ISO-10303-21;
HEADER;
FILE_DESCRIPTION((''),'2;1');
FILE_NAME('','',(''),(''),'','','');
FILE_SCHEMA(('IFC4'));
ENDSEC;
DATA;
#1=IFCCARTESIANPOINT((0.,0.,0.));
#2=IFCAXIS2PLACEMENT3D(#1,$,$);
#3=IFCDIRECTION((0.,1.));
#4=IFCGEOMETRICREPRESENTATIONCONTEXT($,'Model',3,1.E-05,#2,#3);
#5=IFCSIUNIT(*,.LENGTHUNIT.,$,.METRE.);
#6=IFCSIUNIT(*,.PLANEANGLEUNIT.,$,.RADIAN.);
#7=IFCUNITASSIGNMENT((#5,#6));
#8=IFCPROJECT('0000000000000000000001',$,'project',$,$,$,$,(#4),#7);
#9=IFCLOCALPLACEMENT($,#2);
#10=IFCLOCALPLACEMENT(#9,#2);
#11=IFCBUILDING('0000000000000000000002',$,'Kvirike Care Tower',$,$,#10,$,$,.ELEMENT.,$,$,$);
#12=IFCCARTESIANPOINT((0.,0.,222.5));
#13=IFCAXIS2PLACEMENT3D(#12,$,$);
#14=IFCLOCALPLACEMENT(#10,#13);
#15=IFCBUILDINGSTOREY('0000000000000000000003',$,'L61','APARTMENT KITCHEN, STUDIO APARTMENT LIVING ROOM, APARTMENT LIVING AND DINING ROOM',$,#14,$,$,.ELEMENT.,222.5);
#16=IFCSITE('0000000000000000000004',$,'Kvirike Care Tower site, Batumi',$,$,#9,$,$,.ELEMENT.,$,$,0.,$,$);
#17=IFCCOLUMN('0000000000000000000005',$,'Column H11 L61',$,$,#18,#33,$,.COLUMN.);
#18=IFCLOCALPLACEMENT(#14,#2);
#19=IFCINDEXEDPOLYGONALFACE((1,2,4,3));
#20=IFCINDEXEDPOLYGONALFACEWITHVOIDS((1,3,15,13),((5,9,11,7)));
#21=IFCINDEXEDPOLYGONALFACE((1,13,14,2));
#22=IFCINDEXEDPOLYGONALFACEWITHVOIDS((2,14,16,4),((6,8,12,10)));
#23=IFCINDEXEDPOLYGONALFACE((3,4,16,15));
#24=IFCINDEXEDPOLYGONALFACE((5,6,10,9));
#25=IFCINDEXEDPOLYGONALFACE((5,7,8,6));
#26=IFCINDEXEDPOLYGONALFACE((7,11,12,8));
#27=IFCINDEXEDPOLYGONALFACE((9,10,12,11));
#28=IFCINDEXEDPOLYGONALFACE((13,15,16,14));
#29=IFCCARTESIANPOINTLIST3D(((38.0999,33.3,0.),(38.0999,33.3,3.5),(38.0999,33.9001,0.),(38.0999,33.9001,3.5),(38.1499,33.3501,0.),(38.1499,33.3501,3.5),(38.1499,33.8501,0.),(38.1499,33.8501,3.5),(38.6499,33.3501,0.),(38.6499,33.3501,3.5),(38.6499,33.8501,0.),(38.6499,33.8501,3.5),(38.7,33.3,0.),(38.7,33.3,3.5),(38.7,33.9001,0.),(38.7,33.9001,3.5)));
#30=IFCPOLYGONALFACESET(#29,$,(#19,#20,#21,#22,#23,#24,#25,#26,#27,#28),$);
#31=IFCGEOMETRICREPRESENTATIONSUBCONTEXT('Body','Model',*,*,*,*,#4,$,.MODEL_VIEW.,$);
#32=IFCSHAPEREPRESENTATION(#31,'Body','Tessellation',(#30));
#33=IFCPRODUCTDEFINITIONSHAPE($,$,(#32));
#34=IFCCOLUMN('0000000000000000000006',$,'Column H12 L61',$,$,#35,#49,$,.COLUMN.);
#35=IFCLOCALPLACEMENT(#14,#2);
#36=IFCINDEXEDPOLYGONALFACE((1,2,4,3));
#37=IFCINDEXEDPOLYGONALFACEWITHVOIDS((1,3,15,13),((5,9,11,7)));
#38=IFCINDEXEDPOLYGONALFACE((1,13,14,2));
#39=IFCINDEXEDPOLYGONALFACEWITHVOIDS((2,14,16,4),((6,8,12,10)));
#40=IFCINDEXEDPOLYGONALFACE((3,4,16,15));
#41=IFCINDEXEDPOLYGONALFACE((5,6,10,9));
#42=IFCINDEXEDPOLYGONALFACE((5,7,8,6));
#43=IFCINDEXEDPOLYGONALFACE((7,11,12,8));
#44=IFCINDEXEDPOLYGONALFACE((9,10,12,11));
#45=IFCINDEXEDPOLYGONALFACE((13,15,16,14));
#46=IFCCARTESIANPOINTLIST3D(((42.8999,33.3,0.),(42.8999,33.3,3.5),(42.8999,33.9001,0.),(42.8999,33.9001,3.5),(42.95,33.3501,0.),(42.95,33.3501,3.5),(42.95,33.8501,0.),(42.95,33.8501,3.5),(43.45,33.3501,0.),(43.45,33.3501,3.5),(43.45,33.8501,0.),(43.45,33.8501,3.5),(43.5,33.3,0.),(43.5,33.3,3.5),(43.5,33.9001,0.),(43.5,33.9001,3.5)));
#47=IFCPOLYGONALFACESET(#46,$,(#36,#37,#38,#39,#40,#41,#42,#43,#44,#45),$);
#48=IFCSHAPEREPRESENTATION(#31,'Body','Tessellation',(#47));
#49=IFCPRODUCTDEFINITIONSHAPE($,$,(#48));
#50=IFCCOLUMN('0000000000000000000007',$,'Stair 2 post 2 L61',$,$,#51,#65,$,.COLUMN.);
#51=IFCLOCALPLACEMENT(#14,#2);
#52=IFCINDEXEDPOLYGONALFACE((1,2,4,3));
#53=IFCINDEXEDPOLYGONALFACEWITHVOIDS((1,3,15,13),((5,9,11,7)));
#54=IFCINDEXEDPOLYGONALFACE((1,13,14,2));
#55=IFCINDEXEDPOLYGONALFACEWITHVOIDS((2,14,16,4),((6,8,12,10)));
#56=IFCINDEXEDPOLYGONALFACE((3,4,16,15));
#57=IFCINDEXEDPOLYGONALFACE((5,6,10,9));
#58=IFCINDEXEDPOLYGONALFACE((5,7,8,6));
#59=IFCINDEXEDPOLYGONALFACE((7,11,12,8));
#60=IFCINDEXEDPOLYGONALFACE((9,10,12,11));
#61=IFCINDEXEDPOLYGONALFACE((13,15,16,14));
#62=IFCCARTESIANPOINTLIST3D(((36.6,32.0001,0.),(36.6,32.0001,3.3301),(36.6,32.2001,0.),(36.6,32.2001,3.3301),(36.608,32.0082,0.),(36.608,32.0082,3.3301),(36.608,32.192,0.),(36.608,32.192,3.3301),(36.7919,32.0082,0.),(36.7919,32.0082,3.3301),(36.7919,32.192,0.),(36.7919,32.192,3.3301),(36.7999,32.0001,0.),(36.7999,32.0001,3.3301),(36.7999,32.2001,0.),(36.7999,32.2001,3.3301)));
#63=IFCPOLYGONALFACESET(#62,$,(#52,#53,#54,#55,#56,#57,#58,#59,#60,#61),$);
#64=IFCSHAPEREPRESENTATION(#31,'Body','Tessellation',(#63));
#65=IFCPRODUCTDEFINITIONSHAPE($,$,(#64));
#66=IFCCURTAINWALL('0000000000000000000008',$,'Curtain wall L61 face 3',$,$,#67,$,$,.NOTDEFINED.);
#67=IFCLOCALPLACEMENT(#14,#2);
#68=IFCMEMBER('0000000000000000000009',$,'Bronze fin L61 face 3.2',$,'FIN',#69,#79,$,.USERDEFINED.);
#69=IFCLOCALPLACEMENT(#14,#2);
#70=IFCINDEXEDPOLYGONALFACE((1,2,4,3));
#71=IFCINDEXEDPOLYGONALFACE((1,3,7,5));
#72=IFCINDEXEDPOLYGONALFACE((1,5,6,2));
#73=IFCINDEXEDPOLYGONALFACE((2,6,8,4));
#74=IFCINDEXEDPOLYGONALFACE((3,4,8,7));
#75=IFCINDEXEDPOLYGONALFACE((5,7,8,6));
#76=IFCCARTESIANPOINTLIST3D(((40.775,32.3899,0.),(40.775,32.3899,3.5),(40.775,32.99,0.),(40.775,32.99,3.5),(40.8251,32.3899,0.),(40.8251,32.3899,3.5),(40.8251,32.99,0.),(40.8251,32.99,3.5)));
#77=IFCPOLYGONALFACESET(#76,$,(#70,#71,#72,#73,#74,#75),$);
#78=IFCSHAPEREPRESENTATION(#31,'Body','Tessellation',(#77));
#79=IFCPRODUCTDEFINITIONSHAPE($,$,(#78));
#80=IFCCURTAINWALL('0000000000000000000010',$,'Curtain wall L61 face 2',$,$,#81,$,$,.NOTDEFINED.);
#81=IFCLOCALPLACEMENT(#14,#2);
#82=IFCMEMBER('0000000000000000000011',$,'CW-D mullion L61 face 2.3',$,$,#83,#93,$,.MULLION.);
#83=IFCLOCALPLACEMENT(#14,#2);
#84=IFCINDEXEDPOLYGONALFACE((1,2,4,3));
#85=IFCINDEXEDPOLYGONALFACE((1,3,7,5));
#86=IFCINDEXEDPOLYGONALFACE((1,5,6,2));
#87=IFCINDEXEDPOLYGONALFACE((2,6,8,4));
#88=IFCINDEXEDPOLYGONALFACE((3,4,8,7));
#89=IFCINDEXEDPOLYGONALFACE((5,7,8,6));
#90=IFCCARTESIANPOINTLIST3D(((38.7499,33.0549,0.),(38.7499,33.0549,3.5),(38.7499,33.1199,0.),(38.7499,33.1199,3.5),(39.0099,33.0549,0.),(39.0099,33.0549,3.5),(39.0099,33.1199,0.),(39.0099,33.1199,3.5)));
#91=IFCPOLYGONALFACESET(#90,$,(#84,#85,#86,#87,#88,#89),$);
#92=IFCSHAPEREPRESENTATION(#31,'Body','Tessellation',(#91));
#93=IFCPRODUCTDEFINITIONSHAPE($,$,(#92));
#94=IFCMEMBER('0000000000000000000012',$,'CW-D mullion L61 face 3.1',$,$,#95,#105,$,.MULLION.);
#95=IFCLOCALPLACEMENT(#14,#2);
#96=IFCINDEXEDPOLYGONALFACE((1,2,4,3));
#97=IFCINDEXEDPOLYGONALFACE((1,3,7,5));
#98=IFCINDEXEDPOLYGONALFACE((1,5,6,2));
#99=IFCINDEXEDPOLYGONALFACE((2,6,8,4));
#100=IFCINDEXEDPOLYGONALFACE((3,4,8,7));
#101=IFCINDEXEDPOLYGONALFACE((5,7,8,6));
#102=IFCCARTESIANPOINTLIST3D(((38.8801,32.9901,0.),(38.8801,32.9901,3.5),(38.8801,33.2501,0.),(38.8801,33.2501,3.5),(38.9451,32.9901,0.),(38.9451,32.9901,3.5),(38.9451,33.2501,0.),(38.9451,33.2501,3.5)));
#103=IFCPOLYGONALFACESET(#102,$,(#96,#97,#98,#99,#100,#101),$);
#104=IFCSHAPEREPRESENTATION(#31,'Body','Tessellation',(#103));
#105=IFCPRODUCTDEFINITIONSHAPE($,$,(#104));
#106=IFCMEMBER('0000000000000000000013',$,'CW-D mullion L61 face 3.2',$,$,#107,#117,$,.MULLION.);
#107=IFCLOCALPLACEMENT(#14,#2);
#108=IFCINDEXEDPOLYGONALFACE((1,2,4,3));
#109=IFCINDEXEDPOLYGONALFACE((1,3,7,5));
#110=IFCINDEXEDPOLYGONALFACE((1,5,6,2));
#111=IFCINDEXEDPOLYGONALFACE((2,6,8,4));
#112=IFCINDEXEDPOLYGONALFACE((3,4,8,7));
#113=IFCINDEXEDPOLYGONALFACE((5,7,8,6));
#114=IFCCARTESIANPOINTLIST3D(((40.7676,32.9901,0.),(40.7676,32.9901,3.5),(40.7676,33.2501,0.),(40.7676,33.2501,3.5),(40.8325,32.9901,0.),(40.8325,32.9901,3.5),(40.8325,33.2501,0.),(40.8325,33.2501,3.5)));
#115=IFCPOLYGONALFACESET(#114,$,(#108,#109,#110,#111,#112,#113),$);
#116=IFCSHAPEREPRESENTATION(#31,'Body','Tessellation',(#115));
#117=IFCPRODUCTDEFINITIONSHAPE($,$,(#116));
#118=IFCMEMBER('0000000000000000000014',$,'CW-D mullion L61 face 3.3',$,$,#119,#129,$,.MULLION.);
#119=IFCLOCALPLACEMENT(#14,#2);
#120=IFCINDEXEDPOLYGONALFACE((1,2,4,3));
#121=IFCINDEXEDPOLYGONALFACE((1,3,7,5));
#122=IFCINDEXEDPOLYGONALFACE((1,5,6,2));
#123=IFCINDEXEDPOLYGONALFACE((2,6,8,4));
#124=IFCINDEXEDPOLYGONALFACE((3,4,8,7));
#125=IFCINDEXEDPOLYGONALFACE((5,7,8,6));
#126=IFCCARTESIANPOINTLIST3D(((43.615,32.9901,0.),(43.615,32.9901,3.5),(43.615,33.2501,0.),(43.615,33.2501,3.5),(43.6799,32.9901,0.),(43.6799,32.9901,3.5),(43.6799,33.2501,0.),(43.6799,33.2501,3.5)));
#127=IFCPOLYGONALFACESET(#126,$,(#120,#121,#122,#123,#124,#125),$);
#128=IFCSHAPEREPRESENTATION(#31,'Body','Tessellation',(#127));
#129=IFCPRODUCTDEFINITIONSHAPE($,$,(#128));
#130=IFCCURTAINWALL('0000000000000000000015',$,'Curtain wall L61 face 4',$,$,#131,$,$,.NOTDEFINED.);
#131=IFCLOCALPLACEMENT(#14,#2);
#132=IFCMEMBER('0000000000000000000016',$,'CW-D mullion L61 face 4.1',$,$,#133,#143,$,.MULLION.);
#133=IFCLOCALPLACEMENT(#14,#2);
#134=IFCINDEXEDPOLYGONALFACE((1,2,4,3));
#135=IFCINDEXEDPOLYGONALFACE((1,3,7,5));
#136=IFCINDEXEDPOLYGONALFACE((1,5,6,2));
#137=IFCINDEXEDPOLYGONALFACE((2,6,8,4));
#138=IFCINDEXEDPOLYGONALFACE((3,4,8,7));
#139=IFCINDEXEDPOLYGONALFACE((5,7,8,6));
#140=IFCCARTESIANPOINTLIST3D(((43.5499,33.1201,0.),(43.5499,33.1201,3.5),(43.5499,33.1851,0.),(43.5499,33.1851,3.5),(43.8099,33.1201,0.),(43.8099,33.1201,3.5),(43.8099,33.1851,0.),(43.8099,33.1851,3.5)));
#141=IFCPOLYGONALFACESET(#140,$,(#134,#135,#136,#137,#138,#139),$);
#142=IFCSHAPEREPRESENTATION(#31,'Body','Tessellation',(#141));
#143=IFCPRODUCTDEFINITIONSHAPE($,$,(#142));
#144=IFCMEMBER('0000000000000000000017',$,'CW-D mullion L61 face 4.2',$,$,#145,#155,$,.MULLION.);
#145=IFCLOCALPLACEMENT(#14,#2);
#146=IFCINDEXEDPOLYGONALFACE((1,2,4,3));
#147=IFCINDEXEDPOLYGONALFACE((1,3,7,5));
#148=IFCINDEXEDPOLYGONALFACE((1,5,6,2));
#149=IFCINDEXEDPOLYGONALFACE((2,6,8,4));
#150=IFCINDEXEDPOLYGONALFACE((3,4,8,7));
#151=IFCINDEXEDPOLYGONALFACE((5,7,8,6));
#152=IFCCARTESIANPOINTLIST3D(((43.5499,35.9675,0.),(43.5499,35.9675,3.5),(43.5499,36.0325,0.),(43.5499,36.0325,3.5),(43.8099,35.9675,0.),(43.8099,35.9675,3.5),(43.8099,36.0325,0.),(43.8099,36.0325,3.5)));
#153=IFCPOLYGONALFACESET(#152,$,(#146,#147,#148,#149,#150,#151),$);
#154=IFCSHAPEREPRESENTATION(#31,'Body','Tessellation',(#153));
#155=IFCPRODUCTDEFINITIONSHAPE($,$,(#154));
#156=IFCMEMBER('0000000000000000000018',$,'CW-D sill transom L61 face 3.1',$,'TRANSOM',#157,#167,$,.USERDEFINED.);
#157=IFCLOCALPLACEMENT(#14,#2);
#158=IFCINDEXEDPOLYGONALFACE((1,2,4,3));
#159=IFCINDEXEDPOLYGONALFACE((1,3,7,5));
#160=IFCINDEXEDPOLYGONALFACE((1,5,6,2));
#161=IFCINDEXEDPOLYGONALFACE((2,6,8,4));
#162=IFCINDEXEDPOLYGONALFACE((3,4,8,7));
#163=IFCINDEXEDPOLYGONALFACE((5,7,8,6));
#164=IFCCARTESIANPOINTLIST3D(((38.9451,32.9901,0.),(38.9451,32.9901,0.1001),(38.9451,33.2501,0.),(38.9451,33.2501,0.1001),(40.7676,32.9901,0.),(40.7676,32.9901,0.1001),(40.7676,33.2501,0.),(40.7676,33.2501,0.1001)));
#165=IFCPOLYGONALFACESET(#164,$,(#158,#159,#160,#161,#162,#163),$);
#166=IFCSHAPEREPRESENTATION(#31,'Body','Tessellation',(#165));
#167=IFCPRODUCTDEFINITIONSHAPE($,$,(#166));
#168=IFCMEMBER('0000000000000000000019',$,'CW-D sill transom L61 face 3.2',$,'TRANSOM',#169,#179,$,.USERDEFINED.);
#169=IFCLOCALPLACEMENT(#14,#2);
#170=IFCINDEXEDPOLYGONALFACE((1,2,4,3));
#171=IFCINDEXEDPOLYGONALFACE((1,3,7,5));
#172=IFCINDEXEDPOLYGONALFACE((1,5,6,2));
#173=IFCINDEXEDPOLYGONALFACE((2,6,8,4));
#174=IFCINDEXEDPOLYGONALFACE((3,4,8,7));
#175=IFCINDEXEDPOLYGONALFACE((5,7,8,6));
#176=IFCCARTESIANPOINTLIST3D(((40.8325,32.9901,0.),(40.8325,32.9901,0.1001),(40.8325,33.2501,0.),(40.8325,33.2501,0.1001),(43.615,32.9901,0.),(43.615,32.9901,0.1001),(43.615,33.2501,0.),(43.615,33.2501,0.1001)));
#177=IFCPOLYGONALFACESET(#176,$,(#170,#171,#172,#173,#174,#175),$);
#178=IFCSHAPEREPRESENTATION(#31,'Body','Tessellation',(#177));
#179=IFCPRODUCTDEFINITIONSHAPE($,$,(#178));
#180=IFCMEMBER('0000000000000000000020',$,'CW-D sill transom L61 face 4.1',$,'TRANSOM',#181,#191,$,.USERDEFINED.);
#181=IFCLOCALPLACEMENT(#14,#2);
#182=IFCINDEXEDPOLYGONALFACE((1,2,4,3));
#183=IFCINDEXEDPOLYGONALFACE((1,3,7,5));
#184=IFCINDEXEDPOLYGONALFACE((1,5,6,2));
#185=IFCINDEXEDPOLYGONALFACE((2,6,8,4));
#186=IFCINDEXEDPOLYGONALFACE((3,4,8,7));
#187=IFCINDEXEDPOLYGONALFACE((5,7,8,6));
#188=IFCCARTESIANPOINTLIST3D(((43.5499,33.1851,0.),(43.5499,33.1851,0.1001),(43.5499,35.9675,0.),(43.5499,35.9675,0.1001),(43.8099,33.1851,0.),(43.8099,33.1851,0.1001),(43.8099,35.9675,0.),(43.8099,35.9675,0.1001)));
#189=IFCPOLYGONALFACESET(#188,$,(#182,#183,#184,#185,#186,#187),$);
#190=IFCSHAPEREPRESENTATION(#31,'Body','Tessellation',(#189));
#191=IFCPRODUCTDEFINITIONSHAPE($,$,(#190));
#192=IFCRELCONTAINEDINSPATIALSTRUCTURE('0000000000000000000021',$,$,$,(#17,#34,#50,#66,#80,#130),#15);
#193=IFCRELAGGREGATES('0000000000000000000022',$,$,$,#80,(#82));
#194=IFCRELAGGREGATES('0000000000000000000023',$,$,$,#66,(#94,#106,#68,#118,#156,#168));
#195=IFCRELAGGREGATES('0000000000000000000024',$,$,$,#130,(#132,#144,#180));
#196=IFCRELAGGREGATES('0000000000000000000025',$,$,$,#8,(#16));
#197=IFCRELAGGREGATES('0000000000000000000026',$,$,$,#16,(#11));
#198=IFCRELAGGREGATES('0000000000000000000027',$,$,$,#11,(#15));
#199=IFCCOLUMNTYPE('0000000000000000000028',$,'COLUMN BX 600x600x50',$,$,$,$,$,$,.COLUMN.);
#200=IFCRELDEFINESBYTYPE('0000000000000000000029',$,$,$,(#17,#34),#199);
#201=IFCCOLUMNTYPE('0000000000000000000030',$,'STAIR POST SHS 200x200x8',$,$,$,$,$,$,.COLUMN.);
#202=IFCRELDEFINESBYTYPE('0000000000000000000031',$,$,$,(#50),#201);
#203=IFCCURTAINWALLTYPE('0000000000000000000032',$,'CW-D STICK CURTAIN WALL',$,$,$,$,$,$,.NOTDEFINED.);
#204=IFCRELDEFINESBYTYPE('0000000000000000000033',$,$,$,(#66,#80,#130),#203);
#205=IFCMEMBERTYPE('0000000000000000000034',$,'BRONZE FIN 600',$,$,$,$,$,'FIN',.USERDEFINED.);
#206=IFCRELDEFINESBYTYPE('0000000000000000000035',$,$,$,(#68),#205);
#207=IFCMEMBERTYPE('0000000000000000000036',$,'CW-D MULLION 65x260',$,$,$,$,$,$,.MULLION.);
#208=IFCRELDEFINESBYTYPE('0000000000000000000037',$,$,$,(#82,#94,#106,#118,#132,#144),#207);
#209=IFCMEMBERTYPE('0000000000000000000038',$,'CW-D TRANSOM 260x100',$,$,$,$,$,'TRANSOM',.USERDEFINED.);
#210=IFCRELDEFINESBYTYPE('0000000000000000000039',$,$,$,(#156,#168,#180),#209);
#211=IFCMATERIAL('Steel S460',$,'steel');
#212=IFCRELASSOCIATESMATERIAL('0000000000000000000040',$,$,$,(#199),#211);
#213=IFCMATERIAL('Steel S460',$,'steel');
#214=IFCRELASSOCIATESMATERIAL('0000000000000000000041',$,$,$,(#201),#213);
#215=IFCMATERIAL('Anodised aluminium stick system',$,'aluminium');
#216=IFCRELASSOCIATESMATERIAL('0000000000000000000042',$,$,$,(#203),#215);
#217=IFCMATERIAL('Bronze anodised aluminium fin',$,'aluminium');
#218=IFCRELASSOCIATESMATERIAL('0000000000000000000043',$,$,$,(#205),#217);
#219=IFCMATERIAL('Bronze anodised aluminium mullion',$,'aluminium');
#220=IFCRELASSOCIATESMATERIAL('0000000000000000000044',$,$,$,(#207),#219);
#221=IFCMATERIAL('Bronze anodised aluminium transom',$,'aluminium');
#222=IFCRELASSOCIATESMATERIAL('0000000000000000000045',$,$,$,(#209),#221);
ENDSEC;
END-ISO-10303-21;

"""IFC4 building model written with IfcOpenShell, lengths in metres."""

from ifc_helpers import new_model, si_unit, direction, frame, origin, origin_2d, place, context, subcontext, project, spatial, rectangle, hollow_rectangle, extrude, material, material_profile, profile_set, type_object, element, aggregate, save


model = new_model("IFC4")

# Units and contexts
model_context = context("Model", 3, precision=1e-05, world=origin(), true_north=direction((0.0, 1.0)))
body_context = subcontext(model_context, "Body", "Model", "MODEL_VIEW")
ifc_project = project(units=[si_unit("LENGTHUNIT", "METRE"), si_unit("PLANEANGLEUNIT", "RADIAN")], contexts=[model_context])

# Site, building, storey
site_placement = place(None, origin())
site = spatial("IfcSite", under=ifc_project, at=site_placement, Name="Kvirike Care Tower site, Batumi", CompositionType="ELEMENT", RefElevation=0.0)
building_placement = place(site_placement, origin())
building = spatial("IfcBuilding", under=site, at=building_placement, Name="Kvirike Care Tower", CompositionType="ELEMENT")
storey_placement = place(building_placement, frame((0.0, 0.0, 222.5)))
storey = spatial("IfcBuildingStorey", under=building, at=storey_placement, Name="L61", Description="APARTMENT KITCHEN, STUDIO APARTMENT LIVING ROOM, APARTMENT LIVING AND DINING ROOM", CompositionType="ELEMENT", Elevation=222.5)

# Columns
ifc_material_1 = material(Name="Steel S460", Category="steel")
ifc_material_profile_1 = material_profile(ifc_material_1, hollow_rectangle(XDim=0.6001, YDim=0.6001, WallThickness=0.05, at=origin_2d()), Name="BX 600x600x50")
ifc_profile_set_1 = profile_set([ifc_material_profile_1], Name="Steel S460")
column_type_1 = type_object("IfcColumnType", Name="COLUMN BX 600x600x50", PredefinedType="COLUMN", material=ifc_profile_set_1)
for number, where, z_axis, x_axis, name in (
    (1, (38.3999, 33.6001, 0.0), (0.0, 0.0, 1.0), (0.0, 1.0, 0.0), "Column H11 L61"),
    (2, (43.2, 33.6001, 0.0), (0.0, 0.0, 1.0), (0.0, 1.0, 0.0), "Column H12 L61"),
):
    element("IfcColumn", number, at=place(storey_placement, frame(where, z_axis=z_axis, x_axis=x_axis)), inside=storey, type_object=column_type_1, Name=name, PredefinedType="COLUMN", context=body_context, shape_type="SweptSolid", body=[
        extrude(hollow_rectangle(XDim=0.6001, YDim=0.6001, WallThickness=0.05, at=origin_2d()), origin(), (0.0, 0.0, 1.0), 3.5),
    ])
ifc_material_2 = material(Name="Steel S460", Category="steel")
ifc_material_profile_2 = material_profile(ifc_material_2, hollow_rectangle(XDim=0.2, YDim=0.2, WallThickness=0.0081, at=origin_2d()), Name="SHS 200x200x8")
ifc_profile_set_2 = profile_set([ifc_material_profile_2], Name="Steel S460")
column_type_2 = type_object("IfcColumnType", Name="STAIR POST SHS 200x200x8", PredefinedType="COLUMN", material=ifc_profile_set_2)
column_placement = place(storey_placement, frame((36.7, 32.1001, 0.0), z_axis=(0.0, 0.0, 1.0), x_axis=(1.0, 0.0, 0.0)))
element("IfcColumn", 3, at=column_placement, inside=storey, type_object=column_type_2, Name="Stair 2 post 2 L61", PredefinedType="COLUMN", context=body_context, shape_type="SweptSolid", body=[
    extrude(hollow_rectangle(XDim=0.2, YDim=0.2, WallThickness=0.0081, at=origin_2d()), origin(), (0.0, 0.0, 1.0), 3.3301),
])

# Curtain walls, members
ifc_material_3 = material(Name="Anodised aluminium stick system", Category="aluminium")
curtain_wall_type = type_object("IfcCurtainWallType", Name="CW-D STICK CURTAIN WALL", PredefinedType="NOTDEFINED", material=ifc_material_3)
curtain_wall_1_placement = place(storey_placement, origin())
curtain_wall_1 = element("IfcCurtainWall", 4, at=curtain_wall_1_placement, inside=storey, type_object=curtain_wall_type, Name="Curtain wall L61 face 3", PredefinedType="NOTDEFINED")
ifc_material_4 = material(Name="Bronze anodised aluminium fin", Category="aluminium")
ifc_material_profile_3 = material_profile(ifc_material_4, rectangle(XDim=0.05, YDim=0.6001, at=origin_2d()), Name="BRONZE FIN 600")
ifc_profile_set_3 = profile_set([ifc_material_profile_3], Name="Bronze anodised aluminium fin")
member_type_1 = type_object("IfcMemberType", Name="BRONZE FIN 600", ElementType="FIN", PredefinedType="USERDEFINED", material=ifc_profile_set_3)
member_1_placement = place(storey_placement, frame((40.8, 32.6899, 0.0), z_axis=(0.0, 0.0, 1.0), x_axis=(1.0, 0.0, 0.0)))
member_1 = element("IfcMember", 5, at=member_1_placement, type_object=member_type_1, Name="Bronze fin L61 face 3.2", ObjectType="FIN", PredefinedType="USERDEFINED", context=body_context, shape_type="SweptSolid", body=[
    extrude(rectangle(XDim=0.05, YDim=0.6001, at=origin_2d()), origin(), (0.0, 0.0, 1.0), 3.5),
])
curtain_wall_2_placement = place(storey_placement, origin())
curtain_wall_2 = element("IfcCurtainWall", 6, at=curtain_wall_2_placement, inside=storey, type_object=curtain_wall_type, Name="Curtain wall L61 face 2", PredefinedType="NOTDEFINED")
ifc_material_5 = material(Name="Bronze anodised aluminium mullion", Category="aluminium")
ifc_material_profile_4 = material_profile(ifc_material_5, rectangle(XDim=0.0649, YDim=0.26, at=origin_2d()), Name="CW-D MULLION 65x260")
ifc_profile_set_4 = profile_set([ifc_material_profile_4], Name="Bronze anodised aluminium mullion")
member_type_2 = type_object("IfcMemberType", Name="CW-D MULLION 65x260", PredefinedType="MULLION", material=ifc_profile_set_4)
member_2_placement = place(storey_placement, frame((38.8799, 33.0874, 0.0), z_axis=(0.0, 0.0, 1.0), x_axis=(0.0, 1.0, 0.0)))
member_2 = element("IfcMember", 7, at=member_2_placement, type_object=member_type_2, Name="CW-D mullion L61 face 2.3", PredefinedType="MULLION", context=body_context, shape_type="SweptSolid", body=[
    extrude(rectangle(XDim=0.0649, YDim=0.26, at=origin_2d()), origin(), (0.0, 0.0, 1.0), 3.5),
])

# Members
member_3_placement = place(storey_placement, frame((38.9126, 33.1201, 0.0), z_axis=(0.0, 0.0, 1.0), x_axis=(1.0, 0.0, 0.0)))
member_3 = element("IfcMember", 8, at=member_3_placement, type_object=member_type_2, Name="CW-D mullion L61 face 3.1", PredefinedType="MULLION", context=body_context, shape_type="SweptSolid", body=[
    extrude(rectangle(XDim=0.0649, YDim=0.26, at=origin_2d()), origin(), (0.0, 0.0, 1.0), 3.5),
])
member_4_placement = place(storey_placement, frame((40.8, 33.1201, 0.0), z_axis=(0.0, 0.0, 1.0), x_axis=(1.0, 0.0, 0.0)))
member_4 = element("IfcMember", 9, at=member_4_placement, type_object=member_type_2, Name="CW-D mullion L61 face 3.2", PredefinedType="MULLION", context=body_context, shape_type="SweptSolid", body=[
    extrude(rectangle(XDim=0.0649, YDim=0.26, at=origin_2d()), origin(), (0.0, 0.0, 1.0), 3.5),
])
member_5_placement = place(storey_placement, frame((43.6475, 33.1201, 0.0), z_axis=(0.0, 0.0, 1.0), x_axis=(1.0, 0.0, 0.0)))
member_5 = element("IfcMember", 10, at=member_5_placement, type_object=member_type_2, Name="CW-D mullion L61 face 3.3", PredefinedType="MULLION", context=body_context, shape_type="SweptSolid", body=[
    extrude(rectangle(XDim=0.0649, YDim=0.26, at=origin_2d()), origin(), (0.0, 0.0, 1.0), 3.5),
])

# Curtain wall, members
curtain_wall_3_placement = place(storey_placement, origin())
curtain_wall_3 = element("IfcCurtainWall", 11, at=curtain_wall_3_placement, inside=storey, type_object=curtain_wall_type, Name="Curtain wall L61 face 4", PredefinedType="NOTDEFINED")
member_6_placement = place(storey_placement, frame((43.6799, 33.1526, 0.0), z_axis=(0.0, 0.0, 1.0), x_axis=(0.0, 1.0, 0.0)))
member_6 = element("IfcMember", 12, at=member_6_placement, type_object=member_type_2, Name="CW-D mullion L61 face 4.1", PredefinedType="MULLION", context=body_context, shape_type="SweptSolid", body=[
    extrude(rectangle(XDim=0.0649, YDim=0.26, at=origin_2d()), origin(), (0.0, 0.0, 1.0), 3.5),
])
member_7_placement = place(storey_placement, frame((43.6799, 36.0, 0.0), z_axis=(0.0, 0.0, 1.0), x_axis=(0.0, 1.0, 0.0)))
member_7 = element("IfcMember", 13, at=member_7_placement, type_object=member_type_2, Name="CW-D mullion L61 face 4.2", PredefinedType="MULLION", context=body_context, shape_type="SweptSolid", body=[
    extrude(rectangle(XDim=0.0649, YDim=0.26, at=origin_2d()), origin(), (0.0, 0.0, 1.0), 3.5),
])

# Members
ifc_material_6 = material(Name="Bronze anodised aluminium transom", Category="aluminium")
ifc_material_profile_5 = material_profile(ifc_material_6, rectangle(XDim=0.26, YDim=0.1001, at=origin_2d()), Name="CW-D TRANSOM 260x100")
ifc_profile_set_5 = profile_set([ifc_material_profile_5], Name="Bronze anodised aluminium transom")
member_type_3 = type_object("IfcMemberType", Name="CW-D TRANSOM 260x100", ElementType="TRANSOM", PredefinedType="USERDEFINED", material=ifc_profile_set_5)
member_8_placement = place(storey_placement, frame((38.9451, 33.1201, 0.05), z_axis=(1.0, 0.0, 0.0), x_axis=(0.0, 1.0, 0.0)))
member_8 = element("IfcMember", 14, at=member_8_placement, type_object=member_type_3, Name="CW-D sill transom L61 face 3.1", ObjectType="TRANSOM", PredefinedType="USERDEFINED", context=body_context, shape_type="SweptSolid", body=[
    extrude(rectangle(XDim=0.26, YDim=0.1001, at=origin_2d()), origin(), (0.0, 0.0, 1.0), 1.8225),
])
member_9_placement = place(storey_placement, frame((40.8325, 33.1201, 0.05), z_axis=(1.0, 0.0, 0.0), x_axis=(0.0, 1.0, 0.0)))
member_9 = element("IfcMember", 15, at=member_9_placement, type_object=member_type_3, Name="CW-D sill transom L61 face 3.2", ObjectType="TRANSOM", PredefinedType="USERDEFINED", context=body_context, shape_type="SweptSolid", body=[
    extrude(rectangle(XDim=0.26, YDim=0.1001, at=origin_2d()), origin(), (0.0, 0.0, 1.0), 2.7825),
])
member_10_placement = place(storey_placement, frame((43.6799, 33.1851, 0.05), z_axis=(0.0, 1.0, 0.0), x_axis=(-1.0, 0.0, 0.0)))
member_10 = element("IfcMember", 16, at=member_10_placement, type_object=member_type_3, Name="CW-D sill transom L61 face 4.1", ObjectType="TRANSOM", PredefinedType="USERDEFINED", context=body_context, shape_type="SweptSolid", body=[
    extrude(rectangle(XDim=0.26, YDim=0.1001, at=origin_2d()), origin(), (0.0, 0.0, 1.0), 2.7825),
])

aggregate(curtain_wall_2, [member_2])
aggregate(curtain_wall_1, [member_3, member_4, member_1, member_5, member_8, member_9])
aggregate(curtain_wall_3, [member_6, member_7, member_10])

save(model, "model.ifc")
